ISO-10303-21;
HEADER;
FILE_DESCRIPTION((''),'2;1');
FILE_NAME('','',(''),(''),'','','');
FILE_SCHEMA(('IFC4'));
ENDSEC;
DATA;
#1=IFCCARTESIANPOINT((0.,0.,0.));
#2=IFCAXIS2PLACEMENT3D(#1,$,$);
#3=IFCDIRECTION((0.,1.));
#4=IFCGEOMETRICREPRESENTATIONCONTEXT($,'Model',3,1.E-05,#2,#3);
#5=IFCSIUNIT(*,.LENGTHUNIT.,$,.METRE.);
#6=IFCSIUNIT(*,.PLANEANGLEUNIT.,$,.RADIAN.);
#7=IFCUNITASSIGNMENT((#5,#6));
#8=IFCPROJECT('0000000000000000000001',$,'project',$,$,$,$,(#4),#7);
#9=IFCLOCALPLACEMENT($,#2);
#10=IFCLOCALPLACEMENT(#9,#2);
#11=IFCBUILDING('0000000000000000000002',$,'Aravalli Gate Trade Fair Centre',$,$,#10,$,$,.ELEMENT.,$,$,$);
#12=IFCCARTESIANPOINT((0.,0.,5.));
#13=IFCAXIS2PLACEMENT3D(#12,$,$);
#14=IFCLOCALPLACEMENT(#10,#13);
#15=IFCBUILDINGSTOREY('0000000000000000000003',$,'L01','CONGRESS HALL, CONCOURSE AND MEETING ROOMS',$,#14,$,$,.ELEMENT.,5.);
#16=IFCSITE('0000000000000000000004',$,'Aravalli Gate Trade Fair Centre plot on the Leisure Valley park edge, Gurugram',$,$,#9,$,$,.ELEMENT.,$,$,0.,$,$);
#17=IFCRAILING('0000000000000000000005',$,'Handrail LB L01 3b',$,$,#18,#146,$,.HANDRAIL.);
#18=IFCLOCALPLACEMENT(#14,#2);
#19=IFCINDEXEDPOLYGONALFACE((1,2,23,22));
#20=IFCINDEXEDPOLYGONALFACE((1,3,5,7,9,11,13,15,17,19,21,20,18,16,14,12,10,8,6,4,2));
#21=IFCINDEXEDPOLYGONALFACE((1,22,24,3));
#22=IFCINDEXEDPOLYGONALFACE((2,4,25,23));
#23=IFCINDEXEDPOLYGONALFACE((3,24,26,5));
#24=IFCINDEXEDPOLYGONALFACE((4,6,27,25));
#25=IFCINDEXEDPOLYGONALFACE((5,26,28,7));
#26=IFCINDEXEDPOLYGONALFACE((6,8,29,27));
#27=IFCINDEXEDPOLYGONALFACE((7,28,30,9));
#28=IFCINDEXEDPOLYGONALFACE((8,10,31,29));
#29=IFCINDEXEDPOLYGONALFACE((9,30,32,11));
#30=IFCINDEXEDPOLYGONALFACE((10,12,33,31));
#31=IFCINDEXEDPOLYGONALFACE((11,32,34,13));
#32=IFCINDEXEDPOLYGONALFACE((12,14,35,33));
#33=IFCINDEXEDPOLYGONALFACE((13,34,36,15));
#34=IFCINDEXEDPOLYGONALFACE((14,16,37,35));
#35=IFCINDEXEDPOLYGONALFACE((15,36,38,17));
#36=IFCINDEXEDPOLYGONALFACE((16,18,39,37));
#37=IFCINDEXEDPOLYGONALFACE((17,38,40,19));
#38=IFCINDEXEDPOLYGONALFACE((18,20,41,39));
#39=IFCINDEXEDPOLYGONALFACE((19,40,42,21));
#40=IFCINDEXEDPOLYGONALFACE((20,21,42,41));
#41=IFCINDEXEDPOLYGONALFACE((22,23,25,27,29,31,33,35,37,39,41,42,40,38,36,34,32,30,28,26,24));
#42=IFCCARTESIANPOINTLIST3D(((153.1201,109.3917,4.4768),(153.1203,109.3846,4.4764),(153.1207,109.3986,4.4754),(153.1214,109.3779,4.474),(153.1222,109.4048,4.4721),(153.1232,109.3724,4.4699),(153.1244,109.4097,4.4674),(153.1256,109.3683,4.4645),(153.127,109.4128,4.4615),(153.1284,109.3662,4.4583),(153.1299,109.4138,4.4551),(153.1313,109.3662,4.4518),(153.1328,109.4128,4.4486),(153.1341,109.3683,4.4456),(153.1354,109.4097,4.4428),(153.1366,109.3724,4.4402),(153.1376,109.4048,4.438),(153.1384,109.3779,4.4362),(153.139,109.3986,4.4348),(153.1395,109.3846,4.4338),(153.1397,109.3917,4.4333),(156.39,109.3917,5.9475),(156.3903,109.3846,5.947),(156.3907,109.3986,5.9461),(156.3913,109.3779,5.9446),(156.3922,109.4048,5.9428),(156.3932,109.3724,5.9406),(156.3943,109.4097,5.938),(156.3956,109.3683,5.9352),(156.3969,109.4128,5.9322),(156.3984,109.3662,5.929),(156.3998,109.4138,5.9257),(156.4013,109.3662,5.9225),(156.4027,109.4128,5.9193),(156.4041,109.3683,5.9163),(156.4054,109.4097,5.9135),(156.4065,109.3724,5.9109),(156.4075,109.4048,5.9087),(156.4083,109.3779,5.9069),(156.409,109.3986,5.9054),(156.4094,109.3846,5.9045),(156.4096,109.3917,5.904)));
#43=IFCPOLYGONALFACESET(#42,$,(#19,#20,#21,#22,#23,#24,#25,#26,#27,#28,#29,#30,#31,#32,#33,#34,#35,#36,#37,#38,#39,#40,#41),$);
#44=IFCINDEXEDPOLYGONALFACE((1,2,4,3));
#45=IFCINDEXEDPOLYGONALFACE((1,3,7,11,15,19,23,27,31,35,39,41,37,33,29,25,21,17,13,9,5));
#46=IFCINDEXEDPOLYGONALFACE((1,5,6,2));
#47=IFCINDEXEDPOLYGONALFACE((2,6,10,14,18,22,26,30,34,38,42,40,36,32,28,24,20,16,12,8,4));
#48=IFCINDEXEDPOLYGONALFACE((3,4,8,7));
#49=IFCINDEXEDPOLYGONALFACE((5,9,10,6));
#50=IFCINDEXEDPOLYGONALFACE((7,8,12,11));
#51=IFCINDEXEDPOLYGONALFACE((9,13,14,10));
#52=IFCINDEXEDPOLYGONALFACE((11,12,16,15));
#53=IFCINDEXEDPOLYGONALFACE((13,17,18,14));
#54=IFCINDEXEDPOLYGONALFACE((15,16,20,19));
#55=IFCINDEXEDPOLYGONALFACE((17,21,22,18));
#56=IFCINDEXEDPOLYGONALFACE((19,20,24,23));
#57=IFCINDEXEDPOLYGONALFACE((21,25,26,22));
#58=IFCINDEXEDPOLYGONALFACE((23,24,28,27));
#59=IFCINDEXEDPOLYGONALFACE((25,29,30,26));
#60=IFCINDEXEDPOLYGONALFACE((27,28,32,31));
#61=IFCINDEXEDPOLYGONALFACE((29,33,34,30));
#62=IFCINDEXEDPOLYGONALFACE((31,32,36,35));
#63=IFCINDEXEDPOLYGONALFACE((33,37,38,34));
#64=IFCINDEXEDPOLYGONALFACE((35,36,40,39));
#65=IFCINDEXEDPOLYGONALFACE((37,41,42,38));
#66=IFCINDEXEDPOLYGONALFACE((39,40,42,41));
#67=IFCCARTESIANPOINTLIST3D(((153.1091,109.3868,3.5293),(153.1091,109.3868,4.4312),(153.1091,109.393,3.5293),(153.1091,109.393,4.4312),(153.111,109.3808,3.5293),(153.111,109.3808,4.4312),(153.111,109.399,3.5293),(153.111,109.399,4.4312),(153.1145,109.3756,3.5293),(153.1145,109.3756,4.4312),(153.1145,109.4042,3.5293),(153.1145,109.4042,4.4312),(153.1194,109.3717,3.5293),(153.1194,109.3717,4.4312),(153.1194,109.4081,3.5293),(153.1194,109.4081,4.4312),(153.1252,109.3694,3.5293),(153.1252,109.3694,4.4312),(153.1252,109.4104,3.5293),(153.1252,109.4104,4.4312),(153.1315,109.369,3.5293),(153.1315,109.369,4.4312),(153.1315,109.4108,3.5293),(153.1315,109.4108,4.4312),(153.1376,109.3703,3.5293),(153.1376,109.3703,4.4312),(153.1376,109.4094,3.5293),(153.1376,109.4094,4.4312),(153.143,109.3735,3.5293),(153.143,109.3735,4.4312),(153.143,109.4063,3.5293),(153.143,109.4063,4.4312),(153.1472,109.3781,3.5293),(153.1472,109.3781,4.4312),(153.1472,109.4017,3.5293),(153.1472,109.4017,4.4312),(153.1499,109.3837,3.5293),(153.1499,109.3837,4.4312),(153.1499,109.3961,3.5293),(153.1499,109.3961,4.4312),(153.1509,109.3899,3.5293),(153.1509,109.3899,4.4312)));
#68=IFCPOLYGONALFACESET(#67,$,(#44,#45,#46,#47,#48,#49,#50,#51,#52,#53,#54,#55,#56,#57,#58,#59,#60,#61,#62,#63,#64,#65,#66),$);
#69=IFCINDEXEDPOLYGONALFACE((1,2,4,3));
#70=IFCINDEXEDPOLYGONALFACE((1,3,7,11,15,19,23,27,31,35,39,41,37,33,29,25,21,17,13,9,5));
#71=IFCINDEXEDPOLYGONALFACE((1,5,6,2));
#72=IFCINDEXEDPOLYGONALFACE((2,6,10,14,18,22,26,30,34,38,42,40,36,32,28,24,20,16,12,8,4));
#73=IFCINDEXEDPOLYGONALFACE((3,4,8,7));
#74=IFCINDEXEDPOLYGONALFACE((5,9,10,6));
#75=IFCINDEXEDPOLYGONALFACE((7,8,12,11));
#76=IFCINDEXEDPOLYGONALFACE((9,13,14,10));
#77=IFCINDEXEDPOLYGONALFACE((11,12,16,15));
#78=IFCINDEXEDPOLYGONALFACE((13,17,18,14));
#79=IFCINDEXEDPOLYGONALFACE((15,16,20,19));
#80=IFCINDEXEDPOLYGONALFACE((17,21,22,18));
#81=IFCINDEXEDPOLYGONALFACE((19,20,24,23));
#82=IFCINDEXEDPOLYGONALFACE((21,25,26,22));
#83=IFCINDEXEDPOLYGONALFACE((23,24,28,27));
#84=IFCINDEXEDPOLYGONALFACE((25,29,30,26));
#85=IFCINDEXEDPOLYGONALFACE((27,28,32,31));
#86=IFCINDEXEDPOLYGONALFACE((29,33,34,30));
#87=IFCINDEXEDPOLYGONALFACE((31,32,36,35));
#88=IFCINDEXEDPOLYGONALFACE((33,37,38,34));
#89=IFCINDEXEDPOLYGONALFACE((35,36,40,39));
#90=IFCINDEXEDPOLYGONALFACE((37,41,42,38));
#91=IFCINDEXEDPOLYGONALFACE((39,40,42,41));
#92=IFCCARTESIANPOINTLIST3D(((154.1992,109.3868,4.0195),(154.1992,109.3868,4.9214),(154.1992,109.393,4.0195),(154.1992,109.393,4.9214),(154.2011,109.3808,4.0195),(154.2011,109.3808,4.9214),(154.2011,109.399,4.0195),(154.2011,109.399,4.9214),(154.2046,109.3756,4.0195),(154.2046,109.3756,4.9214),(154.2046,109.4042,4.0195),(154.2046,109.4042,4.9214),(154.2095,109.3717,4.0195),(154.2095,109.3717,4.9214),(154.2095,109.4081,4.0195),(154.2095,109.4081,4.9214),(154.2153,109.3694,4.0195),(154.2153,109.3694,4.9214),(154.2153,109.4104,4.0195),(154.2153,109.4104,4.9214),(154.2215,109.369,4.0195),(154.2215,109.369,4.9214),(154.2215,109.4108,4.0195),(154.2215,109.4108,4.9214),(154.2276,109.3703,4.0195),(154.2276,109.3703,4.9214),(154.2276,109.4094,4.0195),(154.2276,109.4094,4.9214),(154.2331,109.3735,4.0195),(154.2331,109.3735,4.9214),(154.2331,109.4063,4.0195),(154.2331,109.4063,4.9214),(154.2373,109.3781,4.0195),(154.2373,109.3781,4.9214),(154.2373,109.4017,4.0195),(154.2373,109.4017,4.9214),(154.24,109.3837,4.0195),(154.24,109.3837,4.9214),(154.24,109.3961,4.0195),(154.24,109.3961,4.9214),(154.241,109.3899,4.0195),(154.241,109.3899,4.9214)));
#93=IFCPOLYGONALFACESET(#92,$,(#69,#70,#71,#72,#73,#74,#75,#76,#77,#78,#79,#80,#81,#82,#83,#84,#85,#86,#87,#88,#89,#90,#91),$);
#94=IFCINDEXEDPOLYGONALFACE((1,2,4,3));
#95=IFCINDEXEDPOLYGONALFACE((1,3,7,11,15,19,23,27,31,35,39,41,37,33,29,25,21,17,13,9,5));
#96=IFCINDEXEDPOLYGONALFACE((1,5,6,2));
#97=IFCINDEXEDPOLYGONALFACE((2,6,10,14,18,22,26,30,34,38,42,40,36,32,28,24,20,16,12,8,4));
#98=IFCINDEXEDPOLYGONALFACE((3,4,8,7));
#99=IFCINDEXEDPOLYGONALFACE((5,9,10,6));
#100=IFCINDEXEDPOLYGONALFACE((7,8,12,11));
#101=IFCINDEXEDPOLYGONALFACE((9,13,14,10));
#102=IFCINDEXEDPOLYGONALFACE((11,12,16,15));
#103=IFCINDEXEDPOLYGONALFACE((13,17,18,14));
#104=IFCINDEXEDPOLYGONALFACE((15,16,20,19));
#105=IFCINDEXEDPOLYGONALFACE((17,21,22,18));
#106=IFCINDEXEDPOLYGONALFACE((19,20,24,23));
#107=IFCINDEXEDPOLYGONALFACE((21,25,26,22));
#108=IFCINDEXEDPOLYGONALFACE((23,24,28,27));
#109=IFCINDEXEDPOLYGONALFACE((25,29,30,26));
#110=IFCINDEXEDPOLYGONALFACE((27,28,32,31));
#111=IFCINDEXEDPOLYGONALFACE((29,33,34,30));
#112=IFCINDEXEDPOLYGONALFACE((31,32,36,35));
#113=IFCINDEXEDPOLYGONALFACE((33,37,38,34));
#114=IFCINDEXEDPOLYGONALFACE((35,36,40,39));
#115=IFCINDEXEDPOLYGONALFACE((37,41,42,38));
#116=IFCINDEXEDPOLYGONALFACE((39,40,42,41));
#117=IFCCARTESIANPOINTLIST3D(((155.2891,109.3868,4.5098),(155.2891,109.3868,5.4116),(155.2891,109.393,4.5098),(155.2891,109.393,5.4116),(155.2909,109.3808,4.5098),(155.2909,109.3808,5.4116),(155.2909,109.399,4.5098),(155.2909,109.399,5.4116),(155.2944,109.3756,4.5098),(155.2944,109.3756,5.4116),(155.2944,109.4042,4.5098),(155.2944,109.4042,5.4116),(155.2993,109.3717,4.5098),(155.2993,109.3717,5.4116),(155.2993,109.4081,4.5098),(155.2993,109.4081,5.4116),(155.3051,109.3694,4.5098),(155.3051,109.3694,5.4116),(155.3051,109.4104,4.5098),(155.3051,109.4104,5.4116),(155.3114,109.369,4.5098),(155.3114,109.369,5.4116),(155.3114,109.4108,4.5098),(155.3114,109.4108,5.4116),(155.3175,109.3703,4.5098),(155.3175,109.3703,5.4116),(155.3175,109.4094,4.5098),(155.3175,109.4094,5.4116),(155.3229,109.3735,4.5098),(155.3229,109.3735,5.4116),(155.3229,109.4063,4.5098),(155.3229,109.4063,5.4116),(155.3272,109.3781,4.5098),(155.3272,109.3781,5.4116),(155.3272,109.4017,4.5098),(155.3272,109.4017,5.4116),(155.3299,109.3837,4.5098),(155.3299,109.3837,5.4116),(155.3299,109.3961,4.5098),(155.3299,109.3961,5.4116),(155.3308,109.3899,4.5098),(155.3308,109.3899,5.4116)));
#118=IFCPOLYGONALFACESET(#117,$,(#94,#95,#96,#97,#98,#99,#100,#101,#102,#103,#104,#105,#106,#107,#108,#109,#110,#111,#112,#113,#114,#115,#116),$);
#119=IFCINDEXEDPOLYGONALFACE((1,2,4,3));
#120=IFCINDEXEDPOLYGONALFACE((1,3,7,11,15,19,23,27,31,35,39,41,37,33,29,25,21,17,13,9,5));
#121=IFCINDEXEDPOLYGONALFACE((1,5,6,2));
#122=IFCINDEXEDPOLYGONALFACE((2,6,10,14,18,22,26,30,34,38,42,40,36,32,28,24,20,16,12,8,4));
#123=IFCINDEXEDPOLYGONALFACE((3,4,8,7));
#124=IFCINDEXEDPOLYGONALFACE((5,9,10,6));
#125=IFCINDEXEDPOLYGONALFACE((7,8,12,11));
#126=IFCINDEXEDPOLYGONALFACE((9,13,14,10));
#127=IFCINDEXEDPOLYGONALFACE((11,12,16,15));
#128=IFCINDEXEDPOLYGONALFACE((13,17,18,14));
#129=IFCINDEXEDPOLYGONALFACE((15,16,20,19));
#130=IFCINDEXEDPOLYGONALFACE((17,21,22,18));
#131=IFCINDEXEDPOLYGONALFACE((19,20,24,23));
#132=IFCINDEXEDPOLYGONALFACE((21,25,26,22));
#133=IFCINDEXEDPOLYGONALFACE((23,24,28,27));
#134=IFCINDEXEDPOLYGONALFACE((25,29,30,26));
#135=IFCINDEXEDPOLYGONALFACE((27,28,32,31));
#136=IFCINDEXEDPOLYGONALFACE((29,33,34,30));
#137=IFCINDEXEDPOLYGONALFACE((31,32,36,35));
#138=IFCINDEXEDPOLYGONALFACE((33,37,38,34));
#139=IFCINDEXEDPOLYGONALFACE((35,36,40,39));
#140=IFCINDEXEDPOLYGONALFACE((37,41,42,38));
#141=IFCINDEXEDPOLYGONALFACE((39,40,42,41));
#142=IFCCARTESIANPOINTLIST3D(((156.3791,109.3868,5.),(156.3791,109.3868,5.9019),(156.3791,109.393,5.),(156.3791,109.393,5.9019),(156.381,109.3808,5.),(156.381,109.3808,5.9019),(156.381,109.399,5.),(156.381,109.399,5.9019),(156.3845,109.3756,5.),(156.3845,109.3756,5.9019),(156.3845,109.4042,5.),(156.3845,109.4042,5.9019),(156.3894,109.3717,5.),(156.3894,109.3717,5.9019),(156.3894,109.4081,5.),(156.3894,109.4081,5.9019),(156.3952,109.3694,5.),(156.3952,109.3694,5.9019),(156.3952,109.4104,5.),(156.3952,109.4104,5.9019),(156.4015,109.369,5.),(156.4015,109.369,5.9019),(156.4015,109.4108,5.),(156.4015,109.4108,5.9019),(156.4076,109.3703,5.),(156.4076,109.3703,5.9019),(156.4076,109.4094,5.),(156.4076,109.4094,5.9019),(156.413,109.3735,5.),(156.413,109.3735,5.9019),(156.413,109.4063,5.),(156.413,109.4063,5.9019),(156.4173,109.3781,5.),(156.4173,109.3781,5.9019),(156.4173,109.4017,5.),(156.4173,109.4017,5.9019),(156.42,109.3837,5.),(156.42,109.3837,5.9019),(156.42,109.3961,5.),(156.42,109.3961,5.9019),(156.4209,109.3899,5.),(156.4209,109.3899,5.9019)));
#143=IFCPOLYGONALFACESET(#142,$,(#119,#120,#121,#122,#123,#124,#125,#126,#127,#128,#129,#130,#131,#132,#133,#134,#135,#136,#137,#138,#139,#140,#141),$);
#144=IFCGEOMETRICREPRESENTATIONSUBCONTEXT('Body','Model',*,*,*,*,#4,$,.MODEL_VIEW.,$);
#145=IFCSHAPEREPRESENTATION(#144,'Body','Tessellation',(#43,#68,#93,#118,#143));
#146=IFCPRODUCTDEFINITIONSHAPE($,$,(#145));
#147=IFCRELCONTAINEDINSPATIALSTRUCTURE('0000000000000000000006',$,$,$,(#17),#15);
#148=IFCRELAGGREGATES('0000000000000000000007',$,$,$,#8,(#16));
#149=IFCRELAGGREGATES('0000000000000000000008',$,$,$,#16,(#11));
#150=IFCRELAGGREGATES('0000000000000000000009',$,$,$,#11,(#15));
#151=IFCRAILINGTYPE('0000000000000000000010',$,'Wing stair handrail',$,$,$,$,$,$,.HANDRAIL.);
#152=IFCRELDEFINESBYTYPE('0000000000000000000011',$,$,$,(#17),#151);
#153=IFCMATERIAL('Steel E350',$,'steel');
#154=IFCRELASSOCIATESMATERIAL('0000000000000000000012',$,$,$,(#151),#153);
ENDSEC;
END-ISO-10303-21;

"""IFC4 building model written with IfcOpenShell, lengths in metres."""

from ifc_helpers import new_model, si_unit, direction, frame, origin, origin_2d, place, context, subcontext, project, spatial, circle, extrude, material, type_object, element, save


model = new_model("IFC4")

# Units and contexts
model_context = context("Model", 3, precision=1e-05, world=origin(), true_north=direction((0.0, 1.0)))
body_context = subcontext(model_context, "Body", "Model", "MODEL_VIEW")
ifc_project = project(units=[si_unit("LENGTHUNIT", "METRE"), si_unit("PLANEANGLEUNIT", "RADIAN")], contexts=[model_context])

# Site, building, storey
site_placement = place(None, origin())
site = spatial("IfcSite", under=ifc_project, at=site_placement, Name="Aravalli Gate Trade Fair Centre plot on the Leisure Valley park edge, Gurugram", CompositionType="ELEMENT", RefElevation=0.0)
building_placement = place(site_placement, origin())
building = spatial("IfcBuilding", under=site, at=building_placement, Name="Aravalli Gate Trade Fair Centre", CompositionType="ELEMENT")
storey_placement = place(building_placement, frame((0.0, 0.0, 5.0)))
storey = spatial("IfcBuildingStorey", under=building, at=storey_placement, Name="L01", Description="CONGRESS HALL, CONCOURSE AND MEETING ROOMS", CompositionType="ELEMENT", Elevation=5.0)

# Shared definitions
ifc_material_1 = material(Name="Steel E350", Category="steel")

# Railing
railing_type_1 = type_object("IfcRailingType", Name="Wing stair handrail", PredefinedType="HANDRAIL", material=ifc_material_1)
for number, where, name in (
    (1, (153.1299, 109.3899, 3.5293), "Handrail LB L01 3b"),
):
    element("IfcRailing", number, at=place(storey_placement, frame(where)), inside=storey, type_object=railing_type_1, Name=name, PredefinedType="HANDRAIL", context=body_context, shape_type="SweptSolid", body=[
        extrude(circle(Radius=0.0239, at=origin_2d()), frame((0.0, 0.0, 0.9258), z_axis=(0.912006, 0.0, 0.410178), x_axis=(0.0, 1.0, 0.0)), (0.0, 0.0, 1.0), 3.5854),
        extrude(circle(Radius=0.021, at=origin_2d()), origin(), (0.0, 0.0, 1.0), 0.9019),
        extrude(circle(Radius=0.021, at=origin_2d()), frame((1.0901, 0.0, 0.4902)), (0.0, 0.0, 1.0), 0.9019),
        extrude(circle(Radius=0.021, at=origin_2d()), frame((2.1799, 0.0, 0.9805)), (0.0, 0.0, 1.0), 0.9019),
        extrude(circle(Radius=0.021, at=origin_2d()), frame((3.27, 0.0, 1.4707)), (0.0, 0.0, 1.0), 0.9019),
    ])

save(model, "model.ifc")
